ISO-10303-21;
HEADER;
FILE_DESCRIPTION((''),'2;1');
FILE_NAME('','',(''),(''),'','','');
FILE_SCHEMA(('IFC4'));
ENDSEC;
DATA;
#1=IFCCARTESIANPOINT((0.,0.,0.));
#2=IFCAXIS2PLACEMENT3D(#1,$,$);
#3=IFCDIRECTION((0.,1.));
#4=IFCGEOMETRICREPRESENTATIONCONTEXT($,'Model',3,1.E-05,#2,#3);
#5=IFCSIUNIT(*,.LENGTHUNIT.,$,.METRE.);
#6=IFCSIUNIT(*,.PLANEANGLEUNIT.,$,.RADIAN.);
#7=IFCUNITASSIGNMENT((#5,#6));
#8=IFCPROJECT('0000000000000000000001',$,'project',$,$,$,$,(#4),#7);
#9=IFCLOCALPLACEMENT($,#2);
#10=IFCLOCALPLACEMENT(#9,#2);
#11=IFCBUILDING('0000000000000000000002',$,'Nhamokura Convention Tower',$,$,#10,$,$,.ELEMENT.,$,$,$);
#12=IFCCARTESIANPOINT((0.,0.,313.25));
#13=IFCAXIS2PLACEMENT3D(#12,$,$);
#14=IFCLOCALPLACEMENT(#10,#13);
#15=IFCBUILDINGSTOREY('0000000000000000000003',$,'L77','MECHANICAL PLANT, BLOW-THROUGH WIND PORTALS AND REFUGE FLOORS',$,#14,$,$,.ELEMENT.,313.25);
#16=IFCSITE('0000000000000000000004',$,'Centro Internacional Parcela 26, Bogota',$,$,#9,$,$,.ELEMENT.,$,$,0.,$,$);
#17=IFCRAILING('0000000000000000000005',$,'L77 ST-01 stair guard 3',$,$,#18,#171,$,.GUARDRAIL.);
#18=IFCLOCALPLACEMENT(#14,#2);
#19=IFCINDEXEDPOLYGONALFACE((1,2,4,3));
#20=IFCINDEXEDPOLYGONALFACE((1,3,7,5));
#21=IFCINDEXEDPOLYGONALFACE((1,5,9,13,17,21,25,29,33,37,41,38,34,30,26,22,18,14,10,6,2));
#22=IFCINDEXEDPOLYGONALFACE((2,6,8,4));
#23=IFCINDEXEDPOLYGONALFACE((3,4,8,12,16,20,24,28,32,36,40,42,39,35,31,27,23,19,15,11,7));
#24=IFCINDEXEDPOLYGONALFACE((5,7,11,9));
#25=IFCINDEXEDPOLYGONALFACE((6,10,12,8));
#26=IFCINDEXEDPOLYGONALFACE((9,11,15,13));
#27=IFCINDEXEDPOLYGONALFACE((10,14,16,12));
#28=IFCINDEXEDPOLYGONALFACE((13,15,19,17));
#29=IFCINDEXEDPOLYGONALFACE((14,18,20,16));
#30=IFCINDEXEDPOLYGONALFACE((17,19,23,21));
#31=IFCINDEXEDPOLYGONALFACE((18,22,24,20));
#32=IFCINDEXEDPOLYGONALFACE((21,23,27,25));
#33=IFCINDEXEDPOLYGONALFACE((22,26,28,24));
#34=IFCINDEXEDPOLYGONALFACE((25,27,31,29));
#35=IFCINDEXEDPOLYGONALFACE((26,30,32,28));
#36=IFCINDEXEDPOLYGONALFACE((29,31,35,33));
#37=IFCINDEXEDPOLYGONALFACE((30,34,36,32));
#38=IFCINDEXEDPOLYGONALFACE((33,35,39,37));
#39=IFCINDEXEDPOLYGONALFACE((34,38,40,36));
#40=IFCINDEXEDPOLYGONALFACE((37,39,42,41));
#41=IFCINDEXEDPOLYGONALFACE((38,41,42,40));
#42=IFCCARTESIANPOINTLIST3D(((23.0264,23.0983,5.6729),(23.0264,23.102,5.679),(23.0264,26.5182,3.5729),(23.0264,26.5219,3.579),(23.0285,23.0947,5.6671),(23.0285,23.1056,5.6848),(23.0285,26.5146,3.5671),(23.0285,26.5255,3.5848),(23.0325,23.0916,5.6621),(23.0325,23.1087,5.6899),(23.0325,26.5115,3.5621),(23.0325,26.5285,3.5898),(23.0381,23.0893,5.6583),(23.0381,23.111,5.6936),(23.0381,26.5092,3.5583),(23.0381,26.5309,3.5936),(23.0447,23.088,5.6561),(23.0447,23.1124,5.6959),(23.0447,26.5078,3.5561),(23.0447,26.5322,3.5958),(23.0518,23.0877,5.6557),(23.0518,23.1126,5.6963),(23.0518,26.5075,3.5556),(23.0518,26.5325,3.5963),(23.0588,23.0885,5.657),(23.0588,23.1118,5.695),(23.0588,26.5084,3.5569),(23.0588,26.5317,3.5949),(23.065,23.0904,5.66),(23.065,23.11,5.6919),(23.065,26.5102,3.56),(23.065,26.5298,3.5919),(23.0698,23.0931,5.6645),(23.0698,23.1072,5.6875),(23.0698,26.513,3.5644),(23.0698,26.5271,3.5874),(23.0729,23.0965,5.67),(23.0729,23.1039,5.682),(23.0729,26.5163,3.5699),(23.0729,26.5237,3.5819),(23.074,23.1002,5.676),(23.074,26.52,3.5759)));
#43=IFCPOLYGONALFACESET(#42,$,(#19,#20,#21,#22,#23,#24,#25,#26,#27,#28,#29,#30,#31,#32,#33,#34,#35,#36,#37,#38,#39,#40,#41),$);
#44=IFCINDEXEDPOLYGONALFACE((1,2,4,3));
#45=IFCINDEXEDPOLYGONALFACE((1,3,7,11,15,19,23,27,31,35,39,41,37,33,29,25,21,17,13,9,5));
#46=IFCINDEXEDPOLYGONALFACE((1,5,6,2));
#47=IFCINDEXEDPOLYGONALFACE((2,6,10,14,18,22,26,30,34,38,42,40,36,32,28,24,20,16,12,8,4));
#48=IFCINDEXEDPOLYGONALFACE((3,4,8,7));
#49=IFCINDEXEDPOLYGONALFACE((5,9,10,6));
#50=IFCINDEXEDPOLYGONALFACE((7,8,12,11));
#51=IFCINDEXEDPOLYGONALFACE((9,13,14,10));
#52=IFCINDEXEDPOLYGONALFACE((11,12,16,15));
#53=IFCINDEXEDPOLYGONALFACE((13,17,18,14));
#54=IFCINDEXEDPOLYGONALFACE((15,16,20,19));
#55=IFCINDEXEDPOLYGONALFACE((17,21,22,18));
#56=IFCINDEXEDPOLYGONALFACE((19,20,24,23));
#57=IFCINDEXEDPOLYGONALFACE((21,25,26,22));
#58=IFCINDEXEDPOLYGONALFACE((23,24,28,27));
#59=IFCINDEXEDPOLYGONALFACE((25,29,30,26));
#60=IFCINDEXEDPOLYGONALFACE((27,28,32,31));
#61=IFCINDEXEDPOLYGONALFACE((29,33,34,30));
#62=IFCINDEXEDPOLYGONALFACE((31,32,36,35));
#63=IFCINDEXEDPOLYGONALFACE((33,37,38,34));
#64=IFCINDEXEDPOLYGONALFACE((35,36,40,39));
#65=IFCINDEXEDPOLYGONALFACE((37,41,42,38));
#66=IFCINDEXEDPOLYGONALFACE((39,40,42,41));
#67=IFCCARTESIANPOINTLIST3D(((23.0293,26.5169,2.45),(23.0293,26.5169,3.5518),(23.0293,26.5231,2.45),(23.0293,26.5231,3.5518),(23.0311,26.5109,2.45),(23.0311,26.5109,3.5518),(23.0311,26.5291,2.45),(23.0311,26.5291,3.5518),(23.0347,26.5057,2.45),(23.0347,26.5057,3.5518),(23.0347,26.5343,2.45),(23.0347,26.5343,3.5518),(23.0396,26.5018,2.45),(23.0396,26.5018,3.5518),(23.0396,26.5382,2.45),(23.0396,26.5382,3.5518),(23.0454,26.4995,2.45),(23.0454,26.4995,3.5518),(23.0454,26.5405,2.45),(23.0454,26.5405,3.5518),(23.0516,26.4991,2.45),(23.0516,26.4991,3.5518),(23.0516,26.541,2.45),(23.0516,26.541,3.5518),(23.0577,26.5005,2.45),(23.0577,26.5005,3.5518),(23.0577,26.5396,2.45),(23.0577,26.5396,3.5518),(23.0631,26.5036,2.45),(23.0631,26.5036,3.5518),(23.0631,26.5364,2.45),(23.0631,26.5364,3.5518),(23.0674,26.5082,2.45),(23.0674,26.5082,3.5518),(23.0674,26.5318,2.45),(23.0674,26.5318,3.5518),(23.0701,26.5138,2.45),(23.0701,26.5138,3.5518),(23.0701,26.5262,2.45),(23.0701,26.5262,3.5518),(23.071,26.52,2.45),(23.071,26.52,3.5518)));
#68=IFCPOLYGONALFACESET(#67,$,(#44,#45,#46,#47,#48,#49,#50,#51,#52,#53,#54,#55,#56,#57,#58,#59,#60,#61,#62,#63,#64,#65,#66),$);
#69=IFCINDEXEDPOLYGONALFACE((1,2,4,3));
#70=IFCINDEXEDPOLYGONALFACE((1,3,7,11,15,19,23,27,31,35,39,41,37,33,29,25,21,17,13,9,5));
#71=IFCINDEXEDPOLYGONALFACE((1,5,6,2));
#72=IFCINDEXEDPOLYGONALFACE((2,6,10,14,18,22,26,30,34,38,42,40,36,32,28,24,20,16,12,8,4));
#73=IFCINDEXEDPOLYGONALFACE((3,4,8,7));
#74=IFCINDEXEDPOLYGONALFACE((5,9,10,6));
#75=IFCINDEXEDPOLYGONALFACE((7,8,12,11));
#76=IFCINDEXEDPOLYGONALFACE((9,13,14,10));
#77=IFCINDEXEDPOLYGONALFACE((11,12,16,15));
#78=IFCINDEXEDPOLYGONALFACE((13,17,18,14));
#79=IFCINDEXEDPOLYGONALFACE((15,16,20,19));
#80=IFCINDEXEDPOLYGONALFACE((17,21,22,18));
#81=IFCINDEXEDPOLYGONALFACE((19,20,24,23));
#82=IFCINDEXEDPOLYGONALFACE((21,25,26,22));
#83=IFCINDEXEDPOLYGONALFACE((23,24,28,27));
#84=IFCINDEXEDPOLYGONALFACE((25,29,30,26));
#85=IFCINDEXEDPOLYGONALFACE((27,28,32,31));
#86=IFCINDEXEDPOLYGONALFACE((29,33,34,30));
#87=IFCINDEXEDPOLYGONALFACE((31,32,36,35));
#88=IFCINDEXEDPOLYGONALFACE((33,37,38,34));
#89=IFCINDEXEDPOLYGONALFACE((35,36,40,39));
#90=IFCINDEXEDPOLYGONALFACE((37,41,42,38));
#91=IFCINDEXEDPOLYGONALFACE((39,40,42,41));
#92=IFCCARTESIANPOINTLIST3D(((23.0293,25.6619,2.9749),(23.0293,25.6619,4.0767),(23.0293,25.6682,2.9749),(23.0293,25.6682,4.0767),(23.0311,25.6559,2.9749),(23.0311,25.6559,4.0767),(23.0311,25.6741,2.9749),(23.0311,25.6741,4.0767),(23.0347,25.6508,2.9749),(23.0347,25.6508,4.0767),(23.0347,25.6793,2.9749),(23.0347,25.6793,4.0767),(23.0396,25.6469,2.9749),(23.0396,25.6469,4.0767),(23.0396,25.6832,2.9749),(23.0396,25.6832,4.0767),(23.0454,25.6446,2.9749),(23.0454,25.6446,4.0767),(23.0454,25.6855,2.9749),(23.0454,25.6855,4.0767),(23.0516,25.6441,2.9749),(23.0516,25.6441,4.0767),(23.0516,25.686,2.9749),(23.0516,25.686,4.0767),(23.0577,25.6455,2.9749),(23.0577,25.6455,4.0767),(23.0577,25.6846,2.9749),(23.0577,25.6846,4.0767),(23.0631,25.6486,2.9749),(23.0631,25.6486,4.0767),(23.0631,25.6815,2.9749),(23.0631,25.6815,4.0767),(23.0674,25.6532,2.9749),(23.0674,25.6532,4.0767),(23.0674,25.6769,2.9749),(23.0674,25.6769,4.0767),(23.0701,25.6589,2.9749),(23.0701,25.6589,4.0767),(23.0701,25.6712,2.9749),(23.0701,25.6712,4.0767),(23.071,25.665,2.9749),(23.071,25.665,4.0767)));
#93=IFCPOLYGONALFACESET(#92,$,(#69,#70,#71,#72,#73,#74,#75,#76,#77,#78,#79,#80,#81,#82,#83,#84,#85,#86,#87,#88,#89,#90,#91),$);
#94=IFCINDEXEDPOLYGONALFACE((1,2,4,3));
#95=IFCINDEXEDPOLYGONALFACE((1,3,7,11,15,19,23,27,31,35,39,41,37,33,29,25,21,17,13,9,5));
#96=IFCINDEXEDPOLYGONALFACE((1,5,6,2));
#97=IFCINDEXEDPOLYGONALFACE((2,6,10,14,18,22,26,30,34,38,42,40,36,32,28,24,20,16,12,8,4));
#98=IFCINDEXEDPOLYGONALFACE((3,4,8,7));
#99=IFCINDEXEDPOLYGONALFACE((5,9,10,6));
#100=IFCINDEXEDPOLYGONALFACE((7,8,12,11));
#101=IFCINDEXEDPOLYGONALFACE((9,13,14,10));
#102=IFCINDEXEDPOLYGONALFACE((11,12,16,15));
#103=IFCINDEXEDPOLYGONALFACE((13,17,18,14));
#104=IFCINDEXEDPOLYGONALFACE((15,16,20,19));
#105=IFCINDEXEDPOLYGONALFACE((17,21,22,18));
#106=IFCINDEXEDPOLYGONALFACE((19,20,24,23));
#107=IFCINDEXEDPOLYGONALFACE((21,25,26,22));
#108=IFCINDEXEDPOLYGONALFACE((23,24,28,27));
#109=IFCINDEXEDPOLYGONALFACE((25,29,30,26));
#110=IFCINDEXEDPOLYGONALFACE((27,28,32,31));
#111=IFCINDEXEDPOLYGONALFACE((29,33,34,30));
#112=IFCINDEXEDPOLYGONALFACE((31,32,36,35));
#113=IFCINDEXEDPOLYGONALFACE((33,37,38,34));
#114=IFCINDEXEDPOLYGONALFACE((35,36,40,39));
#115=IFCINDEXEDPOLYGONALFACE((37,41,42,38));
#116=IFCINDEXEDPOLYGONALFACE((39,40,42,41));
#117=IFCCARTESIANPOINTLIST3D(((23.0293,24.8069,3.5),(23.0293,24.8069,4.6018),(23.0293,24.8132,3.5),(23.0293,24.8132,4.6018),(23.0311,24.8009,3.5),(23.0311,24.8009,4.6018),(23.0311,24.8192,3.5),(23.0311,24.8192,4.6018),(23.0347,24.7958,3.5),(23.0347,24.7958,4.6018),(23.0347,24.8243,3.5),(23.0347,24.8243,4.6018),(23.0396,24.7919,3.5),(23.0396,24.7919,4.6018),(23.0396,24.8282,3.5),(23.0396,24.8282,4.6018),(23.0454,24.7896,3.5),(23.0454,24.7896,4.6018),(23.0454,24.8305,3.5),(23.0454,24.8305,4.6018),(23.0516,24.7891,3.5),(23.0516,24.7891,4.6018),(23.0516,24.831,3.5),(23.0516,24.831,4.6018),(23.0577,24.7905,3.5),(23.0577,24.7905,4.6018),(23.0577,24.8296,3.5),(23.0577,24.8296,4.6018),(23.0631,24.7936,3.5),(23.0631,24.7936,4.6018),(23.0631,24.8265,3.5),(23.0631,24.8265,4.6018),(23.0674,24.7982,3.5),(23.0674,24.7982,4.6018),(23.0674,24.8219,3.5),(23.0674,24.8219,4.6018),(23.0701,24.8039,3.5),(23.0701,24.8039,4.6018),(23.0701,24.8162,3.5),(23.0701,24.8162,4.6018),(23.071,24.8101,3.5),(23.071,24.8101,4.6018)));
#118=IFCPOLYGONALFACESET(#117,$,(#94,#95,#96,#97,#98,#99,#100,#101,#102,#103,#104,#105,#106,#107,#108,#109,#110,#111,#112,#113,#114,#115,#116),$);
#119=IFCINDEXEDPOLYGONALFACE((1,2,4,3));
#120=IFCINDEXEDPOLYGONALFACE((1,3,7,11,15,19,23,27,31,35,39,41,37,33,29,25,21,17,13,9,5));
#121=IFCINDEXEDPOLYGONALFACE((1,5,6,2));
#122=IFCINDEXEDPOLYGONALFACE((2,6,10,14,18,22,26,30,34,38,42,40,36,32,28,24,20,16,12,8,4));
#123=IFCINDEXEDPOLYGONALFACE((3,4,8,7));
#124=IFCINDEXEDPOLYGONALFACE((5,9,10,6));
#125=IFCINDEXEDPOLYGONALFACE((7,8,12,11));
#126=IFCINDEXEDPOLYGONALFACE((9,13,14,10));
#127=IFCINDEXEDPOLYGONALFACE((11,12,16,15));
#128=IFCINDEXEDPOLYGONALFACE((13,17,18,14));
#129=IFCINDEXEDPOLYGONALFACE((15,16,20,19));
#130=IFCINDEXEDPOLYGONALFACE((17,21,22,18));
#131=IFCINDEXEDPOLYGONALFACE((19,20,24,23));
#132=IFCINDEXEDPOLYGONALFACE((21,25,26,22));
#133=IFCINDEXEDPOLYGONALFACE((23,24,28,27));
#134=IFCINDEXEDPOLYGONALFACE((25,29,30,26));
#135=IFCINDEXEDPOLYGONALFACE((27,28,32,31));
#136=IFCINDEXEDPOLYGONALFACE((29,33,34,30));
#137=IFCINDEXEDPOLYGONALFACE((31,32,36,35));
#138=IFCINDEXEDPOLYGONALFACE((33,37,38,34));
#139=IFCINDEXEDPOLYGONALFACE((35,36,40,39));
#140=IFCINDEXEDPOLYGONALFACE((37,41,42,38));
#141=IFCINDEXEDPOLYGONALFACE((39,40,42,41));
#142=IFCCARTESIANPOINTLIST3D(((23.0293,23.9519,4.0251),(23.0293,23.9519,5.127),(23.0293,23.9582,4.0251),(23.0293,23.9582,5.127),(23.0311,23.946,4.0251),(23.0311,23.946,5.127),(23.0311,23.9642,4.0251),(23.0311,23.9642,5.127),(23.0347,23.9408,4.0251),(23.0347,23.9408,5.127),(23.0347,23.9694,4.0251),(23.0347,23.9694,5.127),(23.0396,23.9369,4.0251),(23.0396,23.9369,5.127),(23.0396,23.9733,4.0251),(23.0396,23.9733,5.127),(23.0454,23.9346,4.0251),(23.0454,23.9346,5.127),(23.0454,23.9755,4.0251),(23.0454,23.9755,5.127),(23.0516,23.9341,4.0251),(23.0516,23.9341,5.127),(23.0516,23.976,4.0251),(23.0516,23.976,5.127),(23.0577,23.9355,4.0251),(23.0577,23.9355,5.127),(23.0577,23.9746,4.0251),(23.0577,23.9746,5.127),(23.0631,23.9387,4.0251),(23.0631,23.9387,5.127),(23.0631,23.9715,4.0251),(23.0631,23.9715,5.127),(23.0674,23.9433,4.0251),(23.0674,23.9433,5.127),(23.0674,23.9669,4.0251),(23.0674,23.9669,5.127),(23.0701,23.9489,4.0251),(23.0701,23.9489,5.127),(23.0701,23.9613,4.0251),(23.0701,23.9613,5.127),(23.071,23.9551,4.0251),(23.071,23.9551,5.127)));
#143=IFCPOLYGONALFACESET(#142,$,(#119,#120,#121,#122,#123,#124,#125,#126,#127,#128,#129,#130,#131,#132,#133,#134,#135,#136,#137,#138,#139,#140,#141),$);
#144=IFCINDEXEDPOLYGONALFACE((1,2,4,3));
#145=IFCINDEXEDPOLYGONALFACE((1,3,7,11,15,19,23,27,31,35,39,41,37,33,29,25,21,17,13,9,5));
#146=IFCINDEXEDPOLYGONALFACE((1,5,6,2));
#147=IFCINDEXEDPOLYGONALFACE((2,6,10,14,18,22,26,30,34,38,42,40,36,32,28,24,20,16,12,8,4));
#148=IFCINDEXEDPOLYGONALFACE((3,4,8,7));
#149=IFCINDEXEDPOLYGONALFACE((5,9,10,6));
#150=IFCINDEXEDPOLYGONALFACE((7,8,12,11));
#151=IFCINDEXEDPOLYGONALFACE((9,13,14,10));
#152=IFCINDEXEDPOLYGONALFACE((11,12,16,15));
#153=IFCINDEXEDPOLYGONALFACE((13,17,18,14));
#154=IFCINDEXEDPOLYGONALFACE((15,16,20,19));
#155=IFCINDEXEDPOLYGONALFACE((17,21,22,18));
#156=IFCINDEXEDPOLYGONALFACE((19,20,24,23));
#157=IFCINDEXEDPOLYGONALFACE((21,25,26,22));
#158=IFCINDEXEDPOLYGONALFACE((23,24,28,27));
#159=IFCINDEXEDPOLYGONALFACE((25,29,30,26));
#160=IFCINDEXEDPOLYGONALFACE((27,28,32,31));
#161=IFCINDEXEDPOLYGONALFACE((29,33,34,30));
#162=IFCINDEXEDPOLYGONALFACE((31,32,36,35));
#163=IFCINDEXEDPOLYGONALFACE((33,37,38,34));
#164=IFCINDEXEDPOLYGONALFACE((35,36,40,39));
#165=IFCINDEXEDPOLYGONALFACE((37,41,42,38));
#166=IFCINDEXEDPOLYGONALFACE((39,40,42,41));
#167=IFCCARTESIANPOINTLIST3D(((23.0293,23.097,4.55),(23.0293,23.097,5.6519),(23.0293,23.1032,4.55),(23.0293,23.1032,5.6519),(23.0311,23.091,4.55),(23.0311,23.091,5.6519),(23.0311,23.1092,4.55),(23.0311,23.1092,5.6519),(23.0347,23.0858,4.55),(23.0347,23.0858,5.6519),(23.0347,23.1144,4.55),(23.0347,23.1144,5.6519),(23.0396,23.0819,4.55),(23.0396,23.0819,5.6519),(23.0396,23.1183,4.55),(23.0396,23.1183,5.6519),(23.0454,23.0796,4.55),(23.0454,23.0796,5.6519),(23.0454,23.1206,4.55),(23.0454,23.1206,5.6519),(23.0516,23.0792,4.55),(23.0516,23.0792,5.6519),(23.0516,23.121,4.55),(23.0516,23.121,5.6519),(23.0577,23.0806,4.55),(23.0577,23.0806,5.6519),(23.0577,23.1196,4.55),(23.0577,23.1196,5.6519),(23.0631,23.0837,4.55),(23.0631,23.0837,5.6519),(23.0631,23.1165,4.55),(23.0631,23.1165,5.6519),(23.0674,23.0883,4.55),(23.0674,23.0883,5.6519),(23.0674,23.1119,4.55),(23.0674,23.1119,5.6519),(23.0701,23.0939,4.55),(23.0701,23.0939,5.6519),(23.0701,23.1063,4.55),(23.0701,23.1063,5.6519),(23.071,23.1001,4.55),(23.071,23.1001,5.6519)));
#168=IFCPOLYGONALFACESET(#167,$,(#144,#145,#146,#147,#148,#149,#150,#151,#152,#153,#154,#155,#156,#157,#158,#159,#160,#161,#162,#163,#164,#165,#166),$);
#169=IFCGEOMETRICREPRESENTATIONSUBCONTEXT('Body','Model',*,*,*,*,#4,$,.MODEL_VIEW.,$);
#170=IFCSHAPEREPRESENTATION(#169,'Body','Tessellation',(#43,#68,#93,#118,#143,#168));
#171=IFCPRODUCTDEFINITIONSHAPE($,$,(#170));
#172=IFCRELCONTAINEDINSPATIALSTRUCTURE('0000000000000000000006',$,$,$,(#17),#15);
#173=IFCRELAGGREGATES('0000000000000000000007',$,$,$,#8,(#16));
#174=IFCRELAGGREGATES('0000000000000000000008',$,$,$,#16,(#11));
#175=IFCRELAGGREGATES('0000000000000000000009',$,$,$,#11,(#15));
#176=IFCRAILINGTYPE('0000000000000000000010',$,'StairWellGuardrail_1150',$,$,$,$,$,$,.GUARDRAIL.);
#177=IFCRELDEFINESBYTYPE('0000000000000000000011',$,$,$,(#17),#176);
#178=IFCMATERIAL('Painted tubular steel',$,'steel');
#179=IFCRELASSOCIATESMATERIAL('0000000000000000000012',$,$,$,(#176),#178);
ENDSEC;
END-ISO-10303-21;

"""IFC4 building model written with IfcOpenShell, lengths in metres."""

from ifc_helpers import new_model, si_unit, direction, frame, origin, origin_2d, place, context, subcontext, project, spatial, circle, extrude, material, type_object, element, save


model = new_model("IFC4")

# Units and contexts
model_context = context("Model", 3, precision=1e-05, world=origin(), true_north=direction((0.0, 1.0)))
body_context = subcontext(model_context, "Body", "Model", "MODEL_VIEW")
ifc_project = project(units=[si_unit("LENGTHUNIT", "METRE"), si_unit("PLANEANGLEUNIT", "RADIAN")], contexts=[model_context])

# Site, building, storey
site_placement = place(None, origin())
site = spatial("IfcSite", under=ifc_project, at=site_placement, Name="Centro Internacional Parcela 26, Bogota", CompositionType="ELEMENT", RefElevation=0.0)
building_placement = place(site_placement, origin())
building = spatial("IfcBuilding", under=site, at=building_placement, Name="Nhamokura Convention Tower", CompositionType="ELEMENT")
storey_placement = place(building_placement, frame((0.0, 0.0, 313.25)))
storey = spatial("IfcBuildingStorey", under=building, at=storey_placement, Name="L77", Description="MECHANICAL PLANT, BLOW-THROUGH WIND PORTALS AND REFUGE FLOORS", CompositionType="ELEMENT", Elevation=313.25)

# Railing
ifc_material_1 = material(Name="Painted tubular steel", Category="steel")
railing_type_1 = type_object("IfcRailingType", Name="StairWellGuardrail_1150", PredefinedType="GUARDRAIL", material=ifc_material_1)
railing_1_placement = place(storey_placement, frame((23.05, 26.52, 2.45)))
element("IfcRailing", 1, at=railing_1_placement, inside=storey, type_object=railing_type_1, Name="L77 ST-01 stair guard 3", PredefinedType="GUARDRAIL", context=body_context, shape_type="SweptSolid", body=[
    extrude(circle(Radius=0.0239, at=origin_2d()), frame((0.0, 0.0, 1.126), z_axis=(0.0, -0.852155, 0.523289), x_axis=(1.0, 0.0, 0.0)), (0.0, 0.0, 1.0), 4.0132),
    extrude(circle(Radius=0.021, at=origin_2d()), origin(), (0.0, 0.0, 1.0), 1.1018),
    extrude(circle(Radius=0.021, at=origin_2d()), frame((0.0, -0.855, 0.5249)), (0.0, 0.0, 1.0), 1.1018),
    extrude(circle(Radius=0.021, at=origin_2d()), frame((0.0, -1.71, 1.05)), (0.0, 0.0, 1.0), 1.1018),
    extrude(circle(Radius=0.021, at=origin_2d()), frame((0.0, -2.5649, 1.5752)), (0.0, 0.0, 1.0), 1.1018),
    extrude(circle(Radius=0.021, at=origin_2d()), frame((0.0, -3.4199, 2.1001)), (0.0, 0.0, 1.0), 1.1018),
])

save(model, "model.ifc")
